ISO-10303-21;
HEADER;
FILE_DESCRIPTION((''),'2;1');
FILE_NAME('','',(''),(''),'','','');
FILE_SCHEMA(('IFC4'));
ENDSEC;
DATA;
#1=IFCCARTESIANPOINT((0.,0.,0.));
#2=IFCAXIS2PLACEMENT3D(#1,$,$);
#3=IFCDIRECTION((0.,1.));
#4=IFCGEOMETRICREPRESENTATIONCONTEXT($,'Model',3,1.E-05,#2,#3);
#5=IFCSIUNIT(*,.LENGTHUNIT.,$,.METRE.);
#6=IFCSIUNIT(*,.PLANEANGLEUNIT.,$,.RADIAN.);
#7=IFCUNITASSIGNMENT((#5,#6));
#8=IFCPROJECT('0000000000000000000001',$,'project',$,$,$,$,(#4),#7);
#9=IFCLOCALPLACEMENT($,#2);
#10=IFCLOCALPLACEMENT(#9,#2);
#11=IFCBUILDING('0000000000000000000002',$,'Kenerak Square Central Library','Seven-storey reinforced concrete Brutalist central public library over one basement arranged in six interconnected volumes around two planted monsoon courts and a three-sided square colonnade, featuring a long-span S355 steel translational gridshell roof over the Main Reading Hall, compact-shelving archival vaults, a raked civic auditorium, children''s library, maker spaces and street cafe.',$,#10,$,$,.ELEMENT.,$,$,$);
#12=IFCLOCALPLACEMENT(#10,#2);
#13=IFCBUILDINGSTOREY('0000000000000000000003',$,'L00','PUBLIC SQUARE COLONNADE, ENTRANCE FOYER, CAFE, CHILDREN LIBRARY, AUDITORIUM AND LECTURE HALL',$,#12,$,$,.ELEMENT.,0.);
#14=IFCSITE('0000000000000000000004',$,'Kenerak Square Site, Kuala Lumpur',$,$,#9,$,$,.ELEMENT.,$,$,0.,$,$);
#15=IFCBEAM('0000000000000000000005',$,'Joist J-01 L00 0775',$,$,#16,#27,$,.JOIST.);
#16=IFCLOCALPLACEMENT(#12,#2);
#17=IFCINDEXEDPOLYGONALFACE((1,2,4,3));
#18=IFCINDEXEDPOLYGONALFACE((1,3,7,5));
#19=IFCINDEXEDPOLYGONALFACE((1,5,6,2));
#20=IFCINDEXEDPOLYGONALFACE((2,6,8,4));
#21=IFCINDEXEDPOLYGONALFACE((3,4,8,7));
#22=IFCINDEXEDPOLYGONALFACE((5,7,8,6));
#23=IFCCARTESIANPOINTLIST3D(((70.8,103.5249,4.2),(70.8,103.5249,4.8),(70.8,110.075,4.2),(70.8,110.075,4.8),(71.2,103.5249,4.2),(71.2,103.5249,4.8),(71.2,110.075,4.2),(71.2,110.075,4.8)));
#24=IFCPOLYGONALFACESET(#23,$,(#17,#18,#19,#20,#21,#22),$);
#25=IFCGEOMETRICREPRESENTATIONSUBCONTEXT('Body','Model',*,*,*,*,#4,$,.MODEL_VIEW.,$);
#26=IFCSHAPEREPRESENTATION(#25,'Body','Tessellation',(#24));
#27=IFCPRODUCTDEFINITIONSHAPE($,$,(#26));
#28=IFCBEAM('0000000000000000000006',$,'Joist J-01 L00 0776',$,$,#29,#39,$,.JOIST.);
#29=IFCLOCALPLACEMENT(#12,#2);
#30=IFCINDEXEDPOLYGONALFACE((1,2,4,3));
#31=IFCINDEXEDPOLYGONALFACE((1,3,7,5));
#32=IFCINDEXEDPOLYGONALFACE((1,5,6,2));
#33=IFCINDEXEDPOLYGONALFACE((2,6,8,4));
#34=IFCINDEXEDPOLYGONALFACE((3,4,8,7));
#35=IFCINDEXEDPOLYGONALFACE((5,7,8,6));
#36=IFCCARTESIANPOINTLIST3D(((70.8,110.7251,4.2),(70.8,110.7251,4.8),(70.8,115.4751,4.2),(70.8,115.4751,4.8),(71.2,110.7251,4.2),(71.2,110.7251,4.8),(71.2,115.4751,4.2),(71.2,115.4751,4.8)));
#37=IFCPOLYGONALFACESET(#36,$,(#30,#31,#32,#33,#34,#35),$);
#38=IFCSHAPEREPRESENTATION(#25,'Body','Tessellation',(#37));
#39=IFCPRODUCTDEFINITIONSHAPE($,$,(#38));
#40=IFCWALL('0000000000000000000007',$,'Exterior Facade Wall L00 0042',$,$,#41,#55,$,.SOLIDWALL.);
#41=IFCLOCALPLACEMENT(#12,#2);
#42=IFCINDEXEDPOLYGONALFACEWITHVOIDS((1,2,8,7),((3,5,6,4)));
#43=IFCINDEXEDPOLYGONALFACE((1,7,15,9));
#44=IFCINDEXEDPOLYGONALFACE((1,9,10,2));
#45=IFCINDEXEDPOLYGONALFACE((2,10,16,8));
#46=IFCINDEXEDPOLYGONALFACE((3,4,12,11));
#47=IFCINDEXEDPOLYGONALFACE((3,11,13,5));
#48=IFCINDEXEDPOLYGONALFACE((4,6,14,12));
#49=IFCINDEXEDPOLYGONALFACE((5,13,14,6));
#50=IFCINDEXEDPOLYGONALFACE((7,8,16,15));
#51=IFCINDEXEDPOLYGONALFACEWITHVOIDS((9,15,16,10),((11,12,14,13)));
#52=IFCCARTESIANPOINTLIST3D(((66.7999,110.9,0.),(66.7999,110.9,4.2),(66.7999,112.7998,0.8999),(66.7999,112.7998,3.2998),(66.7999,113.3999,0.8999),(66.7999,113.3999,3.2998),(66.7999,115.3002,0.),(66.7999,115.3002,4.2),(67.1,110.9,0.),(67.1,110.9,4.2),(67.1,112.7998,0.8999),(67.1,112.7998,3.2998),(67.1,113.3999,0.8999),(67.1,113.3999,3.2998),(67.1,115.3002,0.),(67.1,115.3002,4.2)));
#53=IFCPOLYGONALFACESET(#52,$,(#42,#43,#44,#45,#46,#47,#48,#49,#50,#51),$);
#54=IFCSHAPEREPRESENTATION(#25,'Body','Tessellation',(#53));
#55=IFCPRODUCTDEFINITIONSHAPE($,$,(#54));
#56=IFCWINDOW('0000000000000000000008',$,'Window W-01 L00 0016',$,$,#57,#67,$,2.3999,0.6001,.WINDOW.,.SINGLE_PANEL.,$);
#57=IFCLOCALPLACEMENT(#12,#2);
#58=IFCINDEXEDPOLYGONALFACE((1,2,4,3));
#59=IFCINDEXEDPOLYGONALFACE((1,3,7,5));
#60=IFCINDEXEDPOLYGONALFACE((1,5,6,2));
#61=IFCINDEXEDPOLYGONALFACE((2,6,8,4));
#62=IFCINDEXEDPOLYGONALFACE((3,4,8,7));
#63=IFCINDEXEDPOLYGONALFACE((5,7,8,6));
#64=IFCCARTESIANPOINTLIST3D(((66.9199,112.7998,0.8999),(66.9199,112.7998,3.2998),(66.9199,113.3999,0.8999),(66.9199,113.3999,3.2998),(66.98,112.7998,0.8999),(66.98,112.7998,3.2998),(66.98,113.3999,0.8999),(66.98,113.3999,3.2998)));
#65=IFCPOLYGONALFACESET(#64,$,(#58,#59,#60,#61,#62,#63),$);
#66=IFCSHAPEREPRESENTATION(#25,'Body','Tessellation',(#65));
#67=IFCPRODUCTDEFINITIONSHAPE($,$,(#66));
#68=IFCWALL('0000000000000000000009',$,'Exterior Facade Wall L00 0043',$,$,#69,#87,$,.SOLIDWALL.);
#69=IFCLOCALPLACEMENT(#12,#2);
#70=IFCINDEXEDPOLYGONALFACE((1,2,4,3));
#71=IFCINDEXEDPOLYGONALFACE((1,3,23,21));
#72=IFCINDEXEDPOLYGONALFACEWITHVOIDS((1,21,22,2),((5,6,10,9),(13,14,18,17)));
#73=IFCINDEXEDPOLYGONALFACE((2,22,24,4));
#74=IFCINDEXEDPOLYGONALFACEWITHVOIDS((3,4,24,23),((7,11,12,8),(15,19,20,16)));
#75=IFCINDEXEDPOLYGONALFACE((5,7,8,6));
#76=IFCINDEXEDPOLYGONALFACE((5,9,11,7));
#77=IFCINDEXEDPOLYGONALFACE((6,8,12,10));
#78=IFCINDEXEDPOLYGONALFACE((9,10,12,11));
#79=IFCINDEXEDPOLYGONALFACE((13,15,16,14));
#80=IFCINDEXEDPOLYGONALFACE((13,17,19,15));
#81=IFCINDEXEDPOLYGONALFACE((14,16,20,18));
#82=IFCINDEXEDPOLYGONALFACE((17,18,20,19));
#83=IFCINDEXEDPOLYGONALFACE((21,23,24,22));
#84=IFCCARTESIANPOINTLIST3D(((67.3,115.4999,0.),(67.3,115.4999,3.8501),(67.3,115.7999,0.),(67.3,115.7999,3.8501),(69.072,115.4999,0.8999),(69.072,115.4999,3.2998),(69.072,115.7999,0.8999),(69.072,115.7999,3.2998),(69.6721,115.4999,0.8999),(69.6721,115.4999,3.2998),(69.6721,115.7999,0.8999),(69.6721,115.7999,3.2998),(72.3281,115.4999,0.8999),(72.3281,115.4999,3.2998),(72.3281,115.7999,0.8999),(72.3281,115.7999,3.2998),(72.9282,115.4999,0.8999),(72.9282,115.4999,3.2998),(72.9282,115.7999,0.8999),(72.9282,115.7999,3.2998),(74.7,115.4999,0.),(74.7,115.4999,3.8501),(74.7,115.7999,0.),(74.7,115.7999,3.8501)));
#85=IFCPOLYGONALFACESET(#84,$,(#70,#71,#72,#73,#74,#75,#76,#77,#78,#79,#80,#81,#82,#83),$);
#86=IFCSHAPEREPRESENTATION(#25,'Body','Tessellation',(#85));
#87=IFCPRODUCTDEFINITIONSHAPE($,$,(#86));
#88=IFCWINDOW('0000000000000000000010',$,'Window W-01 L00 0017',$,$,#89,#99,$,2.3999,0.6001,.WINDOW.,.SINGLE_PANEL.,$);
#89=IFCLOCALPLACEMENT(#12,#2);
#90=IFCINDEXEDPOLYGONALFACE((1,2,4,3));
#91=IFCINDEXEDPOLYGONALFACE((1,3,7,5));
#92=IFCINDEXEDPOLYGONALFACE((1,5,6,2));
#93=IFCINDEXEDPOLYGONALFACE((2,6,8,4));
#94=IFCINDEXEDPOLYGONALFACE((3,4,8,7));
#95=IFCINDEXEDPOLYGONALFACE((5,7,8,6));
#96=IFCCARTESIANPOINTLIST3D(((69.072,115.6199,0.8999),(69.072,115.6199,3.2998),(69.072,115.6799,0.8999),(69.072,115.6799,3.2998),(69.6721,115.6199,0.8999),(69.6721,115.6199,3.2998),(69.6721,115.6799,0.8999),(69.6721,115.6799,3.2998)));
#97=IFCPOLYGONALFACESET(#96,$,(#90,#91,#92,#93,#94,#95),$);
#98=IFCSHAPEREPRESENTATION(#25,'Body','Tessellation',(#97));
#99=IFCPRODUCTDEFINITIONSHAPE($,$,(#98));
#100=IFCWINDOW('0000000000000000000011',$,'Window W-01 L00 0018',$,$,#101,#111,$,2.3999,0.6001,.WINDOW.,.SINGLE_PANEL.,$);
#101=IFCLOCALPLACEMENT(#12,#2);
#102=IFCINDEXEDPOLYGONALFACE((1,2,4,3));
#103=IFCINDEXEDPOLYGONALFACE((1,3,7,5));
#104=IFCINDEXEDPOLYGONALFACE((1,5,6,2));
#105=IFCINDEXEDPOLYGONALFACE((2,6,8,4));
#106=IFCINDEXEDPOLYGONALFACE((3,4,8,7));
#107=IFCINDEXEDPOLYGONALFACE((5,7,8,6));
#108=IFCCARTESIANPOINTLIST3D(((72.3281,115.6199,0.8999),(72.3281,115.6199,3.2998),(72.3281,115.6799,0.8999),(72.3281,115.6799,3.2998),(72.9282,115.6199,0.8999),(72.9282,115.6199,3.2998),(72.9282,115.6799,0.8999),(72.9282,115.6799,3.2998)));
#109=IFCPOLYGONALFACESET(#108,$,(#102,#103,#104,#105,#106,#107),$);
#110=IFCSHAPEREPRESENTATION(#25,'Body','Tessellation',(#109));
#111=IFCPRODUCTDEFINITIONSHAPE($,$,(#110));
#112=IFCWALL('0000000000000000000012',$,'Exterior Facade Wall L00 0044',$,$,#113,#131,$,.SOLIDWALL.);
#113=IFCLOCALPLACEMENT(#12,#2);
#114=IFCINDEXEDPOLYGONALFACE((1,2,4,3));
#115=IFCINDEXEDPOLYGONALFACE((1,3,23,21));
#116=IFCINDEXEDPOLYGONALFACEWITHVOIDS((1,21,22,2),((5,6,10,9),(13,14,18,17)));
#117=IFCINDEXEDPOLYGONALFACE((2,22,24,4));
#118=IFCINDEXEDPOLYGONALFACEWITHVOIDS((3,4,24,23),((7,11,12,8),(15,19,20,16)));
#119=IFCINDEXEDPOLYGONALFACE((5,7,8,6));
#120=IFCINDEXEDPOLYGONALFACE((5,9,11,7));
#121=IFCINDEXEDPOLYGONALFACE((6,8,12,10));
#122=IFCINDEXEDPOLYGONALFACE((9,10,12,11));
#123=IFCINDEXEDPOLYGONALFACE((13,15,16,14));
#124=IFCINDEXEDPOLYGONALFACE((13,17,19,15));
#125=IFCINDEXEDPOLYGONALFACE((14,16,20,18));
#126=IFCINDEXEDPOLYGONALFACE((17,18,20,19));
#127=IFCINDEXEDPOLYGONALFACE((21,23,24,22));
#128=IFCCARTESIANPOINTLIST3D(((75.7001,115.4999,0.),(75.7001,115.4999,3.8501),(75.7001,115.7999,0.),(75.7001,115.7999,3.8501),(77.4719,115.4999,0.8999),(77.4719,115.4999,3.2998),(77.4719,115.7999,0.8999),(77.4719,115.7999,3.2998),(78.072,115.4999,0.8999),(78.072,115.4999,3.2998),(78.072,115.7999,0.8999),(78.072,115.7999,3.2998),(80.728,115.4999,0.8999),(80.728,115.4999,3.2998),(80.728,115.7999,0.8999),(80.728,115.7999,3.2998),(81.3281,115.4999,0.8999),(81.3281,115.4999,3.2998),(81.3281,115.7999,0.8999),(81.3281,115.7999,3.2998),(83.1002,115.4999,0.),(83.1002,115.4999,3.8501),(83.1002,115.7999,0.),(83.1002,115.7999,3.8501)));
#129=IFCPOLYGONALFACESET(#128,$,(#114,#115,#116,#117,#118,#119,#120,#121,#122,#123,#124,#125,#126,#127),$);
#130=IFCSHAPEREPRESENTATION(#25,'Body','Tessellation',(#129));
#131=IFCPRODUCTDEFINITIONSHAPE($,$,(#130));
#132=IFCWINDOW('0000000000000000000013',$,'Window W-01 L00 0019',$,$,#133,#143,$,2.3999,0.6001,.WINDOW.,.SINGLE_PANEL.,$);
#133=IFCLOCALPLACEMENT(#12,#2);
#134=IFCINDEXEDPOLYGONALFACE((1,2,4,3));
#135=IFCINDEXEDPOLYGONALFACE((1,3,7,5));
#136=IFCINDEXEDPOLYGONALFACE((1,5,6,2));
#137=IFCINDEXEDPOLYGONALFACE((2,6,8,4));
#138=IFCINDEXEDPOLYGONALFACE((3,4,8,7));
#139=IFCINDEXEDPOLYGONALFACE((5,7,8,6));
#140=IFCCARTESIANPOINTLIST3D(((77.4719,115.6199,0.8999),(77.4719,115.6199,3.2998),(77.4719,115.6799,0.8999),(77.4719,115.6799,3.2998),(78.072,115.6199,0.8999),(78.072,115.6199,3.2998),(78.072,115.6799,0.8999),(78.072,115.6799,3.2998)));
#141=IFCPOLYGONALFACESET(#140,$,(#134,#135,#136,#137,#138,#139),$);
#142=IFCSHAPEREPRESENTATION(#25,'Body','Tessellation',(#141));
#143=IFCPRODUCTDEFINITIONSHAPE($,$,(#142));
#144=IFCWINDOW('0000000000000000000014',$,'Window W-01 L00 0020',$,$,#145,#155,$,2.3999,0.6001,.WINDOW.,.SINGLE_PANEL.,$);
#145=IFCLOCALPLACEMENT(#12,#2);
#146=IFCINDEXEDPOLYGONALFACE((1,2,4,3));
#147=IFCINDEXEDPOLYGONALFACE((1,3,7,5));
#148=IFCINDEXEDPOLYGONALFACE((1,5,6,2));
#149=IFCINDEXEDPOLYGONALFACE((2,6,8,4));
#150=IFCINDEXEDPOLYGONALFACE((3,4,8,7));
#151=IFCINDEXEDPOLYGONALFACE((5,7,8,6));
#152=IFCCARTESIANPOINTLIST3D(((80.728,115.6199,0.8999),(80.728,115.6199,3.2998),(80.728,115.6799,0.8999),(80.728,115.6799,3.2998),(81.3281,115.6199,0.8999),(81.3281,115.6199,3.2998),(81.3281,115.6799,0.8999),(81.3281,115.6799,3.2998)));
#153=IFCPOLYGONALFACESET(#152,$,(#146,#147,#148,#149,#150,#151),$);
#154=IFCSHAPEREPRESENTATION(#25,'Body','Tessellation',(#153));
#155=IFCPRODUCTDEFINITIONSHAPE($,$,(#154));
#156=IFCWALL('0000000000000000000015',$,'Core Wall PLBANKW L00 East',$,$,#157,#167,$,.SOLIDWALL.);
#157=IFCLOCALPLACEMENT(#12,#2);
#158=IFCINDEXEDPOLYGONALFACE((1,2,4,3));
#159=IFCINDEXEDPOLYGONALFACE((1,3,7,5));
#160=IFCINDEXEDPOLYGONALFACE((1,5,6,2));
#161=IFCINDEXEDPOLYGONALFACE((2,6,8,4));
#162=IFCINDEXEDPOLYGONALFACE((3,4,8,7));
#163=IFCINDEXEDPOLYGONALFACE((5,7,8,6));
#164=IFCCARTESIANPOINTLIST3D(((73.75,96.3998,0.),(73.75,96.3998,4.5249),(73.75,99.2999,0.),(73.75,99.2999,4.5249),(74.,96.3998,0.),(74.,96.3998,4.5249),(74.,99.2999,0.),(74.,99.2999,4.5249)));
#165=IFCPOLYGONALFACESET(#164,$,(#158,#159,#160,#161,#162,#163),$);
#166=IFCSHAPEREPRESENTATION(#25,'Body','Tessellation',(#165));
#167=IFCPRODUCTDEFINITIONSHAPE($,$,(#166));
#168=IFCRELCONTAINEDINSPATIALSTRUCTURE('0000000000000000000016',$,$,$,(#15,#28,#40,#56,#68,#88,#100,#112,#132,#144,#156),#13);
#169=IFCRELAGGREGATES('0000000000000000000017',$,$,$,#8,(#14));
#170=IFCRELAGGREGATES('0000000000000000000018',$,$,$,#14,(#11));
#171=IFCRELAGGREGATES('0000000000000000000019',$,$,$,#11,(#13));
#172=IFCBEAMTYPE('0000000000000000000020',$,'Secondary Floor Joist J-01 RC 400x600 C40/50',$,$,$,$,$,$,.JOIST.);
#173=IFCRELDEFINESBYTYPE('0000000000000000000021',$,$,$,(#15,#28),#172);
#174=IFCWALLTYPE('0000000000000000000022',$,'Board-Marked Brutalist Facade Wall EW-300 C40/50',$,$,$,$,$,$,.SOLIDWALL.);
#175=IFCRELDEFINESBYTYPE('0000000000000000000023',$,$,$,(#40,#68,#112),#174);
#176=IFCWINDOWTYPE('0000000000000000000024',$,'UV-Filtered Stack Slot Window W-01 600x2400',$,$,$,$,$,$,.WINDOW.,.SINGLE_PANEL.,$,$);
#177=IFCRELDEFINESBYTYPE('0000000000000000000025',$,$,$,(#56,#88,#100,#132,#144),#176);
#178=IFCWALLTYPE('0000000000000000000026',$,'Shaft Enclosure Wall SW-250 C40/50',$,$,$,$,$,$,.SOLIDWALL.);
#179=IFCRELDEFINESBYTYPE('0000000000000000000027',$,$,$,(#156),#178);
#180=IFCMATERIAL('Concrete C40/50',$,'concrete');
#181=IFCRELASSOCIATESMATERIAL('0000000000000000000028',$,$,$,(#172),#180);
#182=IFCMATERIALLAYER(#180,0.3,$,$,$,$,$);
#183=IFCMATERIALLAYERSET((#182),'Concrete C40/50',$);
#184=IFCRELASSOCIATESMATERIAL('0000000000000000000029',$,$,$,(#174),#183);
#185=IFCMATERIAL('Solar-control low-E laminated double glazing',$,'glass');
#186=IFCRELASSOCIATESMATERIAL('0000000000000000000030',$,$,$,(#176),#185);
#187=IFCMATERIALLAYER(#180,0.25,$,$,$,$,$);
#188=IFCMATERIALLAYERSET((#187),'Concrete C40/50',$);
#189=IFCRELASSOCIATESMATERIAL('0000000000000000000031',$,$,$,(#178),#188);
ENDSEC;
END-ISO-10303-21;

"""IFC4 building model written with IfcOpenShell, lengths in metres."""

from ifc_helpers import new_model, si_unit, direction, frame, frame_2d, origin, origin_2d, place, context, subcontext, project, spatial, rectangle, extrude, material, layer, layer_set, material_profile, profile_set, type_object, element, fill, save


model = new_model("IFC4")

# Units and contexts
model_context = context("Model", 3, precision=1e-05, world=origin(), true_north=direction((0.0, 1.0)))
body_context = subcontext(model_context, "Body", "Model", "MODEL_VIEW")
ifc_project = project(units=[si_unit("LENGTHUNIT", "METRE"), si_unit("PLANEANGLEUNIT", "RADIAN")], contexts=[model_context])

# Site, building, storey
site_placement = place(None, origin())
site = spatial("IfcSite", under=ifc_project, at=site_placement, Name="Kenerak Square Site, Kuala Lumpur", CompositionType="ELEMENT", RefElevation=0.0)
building_placement = place(site_placement, origin())
building = spatial("IfcBuilding", under=site, at=building_placement, Name="Kenerak Square Central Library", Description="Seven-storey reinforced concrete Brutalist central public library over one basement arranged in six interconnected volumes around two planted monsoon courts and a three-sided square colonnade, featuring a long-span S355 steel translational gridshell roof over the Main Reading Hall, compact-shelving archival vaults, a raked civic auditorium, children's library, maker spaces and street cafe.", CompositionType="ELEMENT")
storey_placement = place(building_placement, origin())
storey = spatial("IfcBuildingStorey", under=building, at=storey_placement, Name="L00", Description="PUBLIC SQUARE COLONNADE, ENTRANCE FOYER, CAFE, CHILDREN LIBRARY, AUDITORIUM AND LECTURE HALL", CompositionType="ELEMENT", Elevation=0.0)

# Beams
ifc_material_1 = material(Name="Concrete C40/50", Category="concrete")
ifc_material_profile_1 = material_profile(ifc_material_1, rectangle(XDim=0.3999, YDim=0.6001, at=origin_2d()), Name="RC 400x600")
ifc_profile_set_1 = profile_set([ifc_material_profile_1], Name="Concrete C40/50")
beam_type_1 = type_object("IfcBeamType", Name="Secondary Floor Joist J-01 RC 400x600 C40/50", PredefinedType="JOIST", material=ifc_profile_set_1)
beam_1_placement = place(storey_placement, frame((71.0, 103.5249, 4.5), z_axis=(0.0, 1.0, 0.0), x_axis=(-1.0, 0.0, 0.0)))
element("IfcBeam", 1, at=beam_1_placement, inside=storey, type_object=beam_type_1, Name="Joist J-01 L00 0775", PredefinedType="JOIST", context=body_context, shape_type="SweptSolid", body=[
    extrude(rectangle(XDim=0.3999, YDim=0.6001, at=origin_2d()), origin(), (0.0, 0.0, 1.0), 6.55),
])
beam_2_placement = place(storey_placement, frame((71.0, 110.7251, 4.5), z_axis=(0.0, 1.0, 0.0), x_axis=(-1.0, 0.0, 0.0)))
element("IfcBeam", 2, at=beam_2_placement, inside=storey, type_object=beam_type_1, Name="Joist J-01 L00 0776", PredefinedType="JOIST", context=body_context, shape_type="SweptSolid", body=[
    extrude(rectangle(XDim=0.3999, YDim=0.6001, at=origin_2d()), origin(), (0.0, 0.0, 1.0), 4.75),
])

# Wall, opening, window
ifc_layer_1 = layer(ifc_material_1, 0.3)
ifc_layer_set_1 = layer_set([ifc_layer_1], Name="Concrete C40/50")
wall_type_1 = type_object("IfcWallType", Name="Board-Marked Brutalist Facade Wall EW-300 C40/50", PredefinedType="SOLIDWALL", material=ifc_layer_set_1)
wall_1_placement = place(storey_placement, frame((66.95, 110.8999, 0.0), z_axis=(0.0, 0.0, 1.0), x_axis=(0.0, 1.0, 0.0)))
wall_1 = element("IfcWall", 3, at=wall_1_placement, inside=storey, type_object=wall_type_1, Name="Exterior Facade Wall L00 0042", PredefinedType="SOLIDWALL", context=body_context, shape_type="SweptSolid", body=[
    extrude(rectangle(XDim=4.4001, YDim=0.3, at=frame_2d((2.2002, 0.0))), origin(), (0.0, 0.0, 1.0), 4.2),
])
opening_1_placement = place(wall_1_placement, frame((1.8999, 0.0, 0.8999)))
opening_1 = element("IfcOpeningElement", 4, at=opening_1_placement, cuts=wall_1, PredefinedType="OPENING", context=body_context, shape_type="SweptSolid", body=[
    extrude(rectangle(XDim=0.6001, YDim=2.3999, at=frame_2d((0.3, 1.2))), frame((0.0, 0.1599, 0.0), z_axis=(0.0, -1.0, 0.0), x_axis=(1.0, 0.0, 0.0)), (0.0, 0.0, 1.0), 0.3201),
])
ifc_material_2 = material(Name="Solar-control low-E laminated double glazing", Category="glass")
window_type = type_object("IfcWindowType", Name="UV-Filtered Stack Slot Window W-01 600x2400", PartitioningType="SINGLE_PANEL", PredefinedType="WINDOW", material=ifc_material_2)
window_1_placement = place(opening_1_placement, origin())
window_1 = element("IfcWindow", 5, at=window_1_placement, inside=storey, type_object=window_type, Name="Window W-01 L00 0016", OverallHeight=2.3999, OverallWidth=0.6001, PartitioningType="SINGLE_PANEL", PredefinedType="WINDOW", context=body_context, shape_type="SweptSolid", body=[
    extrude(rectangle(XDim=0.6001, YDim=2.3999, at=frame_2d((0.3, 1.2))), frame((0.0, 0.03, 0.0), z_axis=(0.0, -1.0, 0.0), x_axis=(1.0, 0.0, 0.0)), (0.0, 0.0, 1.0), 0.0601),
])
fill(opening_1, window_1)

# Walls, openings, windows
wall_2_placement = place(storey_placement, frame((67.3, 115.6499, 0.0), z_axis=(0.0, 0.0, 1.0), x_axis=(1.0, 0.0, 0.0)))
wall_2 = element("IfcWall", 6, at=wall_2_placement, inside=storey, type_object=wall_type_1, Name="Exterior Facade Wall L00 0043", PredefinedType="SOLIDWALL", context=body_context, shape_type="SweptSolid", body=[
    extrude(rectangle(XDim=7.3999, YDim=0.3, at=frame_2d((3.7, 0.0))), origin(), (0.0, 0.0, 1.0), 3.8501),
])
opening_2_placement = place(wall_2_placement, frame((1.772, 0.0, 0.8999)))
opening_2 = element("IfcOpeningElement", 7, at=opening_2_placement, cuts=wall_2, PredefinedType="OPENING", context=body_context, shape_type="SweptSolid", body=[
    extrude(rectangle(XDim=0.6001, YDim=2.3999, at=frame_2d((0.3, 1.2))), frame((0.0, 0.1599, 0.0), z_axis=(0.0, -1.0, 0.0), x_axis=(1.0, 0.0, 0.0)), (0.0, 0.0, 1.0), 0.3201),
])
opening_3_placement = place(wall_2_placement, frame((5.0281, 0.0, 0.8999)))
opening_3 = element("IfcOpeningElement", 8, at=opening_3_placement, cuts=wall_2, PredefinedType="OPENING", context=body_context, shape_type="SweptSolid", body=[
    extrude(rectangle(XDim=0.6001, YDim=2.3999, at=frame_2d((0.3, 1.2))), frame((0.0, 0.1599, 0.0), z_axis=(0.0, -1.0, 0.0), x_axis=(1.0, 0.0, 0.0)), (0.0, 0.0, 1.0), 0.3201),
])
window_2_placement = place(opening_2_placement, origin())
window_2 = element("IfcWindow", 9, at=window_2_placement, inside=storey, type_object=window_type, Name="Window W-01 L00 0017", OverallHeight=2.3999, OverallWidth=0.6001, PartitioningType="SINGLE_PANEL", PredefinedType="WINDOW", context=body_context, shape_type="SweptSolid", body=[
    extrude(rectangle(XDim=0.6001, YDim=2.3999, at=frame_2d((0.3, 1.2))), frame((0.0, 0.03, 0.0), z_axis=(0.0, -1.0, 0.0), x_axis=(1.0, 0.0, 0.0)), (0.0, 0.0, 1.0), 0.0601),
])
fill(opening_2, window_2)
window_3_placement = place(opening_3_placement, origin())
window_3 = element("IfcWindow", 10, at=window_3_placement, inside=storey, type_object=window_type, Name="Window W-01 L00 0018", OverallHeight=2.3999, OverallWidth=0.6001, PartitioningType="SINGLE_PANEL", PredefinedType="WINDOW", context=body_context, shape_type="SweptSolid", body=[
    extrude(rectangle(XDim=0.6001, YDim=2.3999, at=frame_2d((0.3, 1.2))), frame((0.0, 0.03, 0.0), z_axis=(0.0, -1.0, 0.0), x_axis=(1.0, 0.0, 0.0)), (0.0, 0.0, 1.0), 0.0601),
])
fill(opening_3, window_3)
wall_3_placement = place(storey_placement, frame((75.7, 115.6499, 0.0), z_axis=(0.0, 0.0, 1.0), x_axis=(1.0, 0.0, 0.0)))
wall_3 = element("IfcWall", 11, at=wall_3_placement, inside=storey, type_object=wall_type_1, Name="Exterior Facade Wall L00 0044", PredefinedType="SOLIDWALL", context=body_context, shape_type="SweptSolid", body=[
    extrude(rectangle(XDim=7.4001, YDim=0.3, at=frame_2d((3.7002, 0.0))), origin(), (0.0, 0.0, 1.0), 3.8501),
])
opening_4_placement = place(wall_3_placement, frame((1.772, 0.0, 0.8999)))
opening_4 = element("IfcOpeningElement", 12, at=opening_4_placement, cuts=wall_3, PredefinedType="OPENING", context=body_context, shape_type="SweptSolid", body=[
    extrude(rectangle(XDim=0.6001, YDim=2.3999, at=frame_2d((0.3, 1.2))), frame((0.0, 0.1599, 0.0), z_axis=(0.0, -1.0, 0.0), x_axis=(1.0, 0.0, 0.0)), (0.0, 0.0, 1.0), 0.3201),
])
opening_5_placement = place(wall_3_placement, frame((5.0281, 0.0, 0.8999)))
opening_5 = element("IfcOpeningElement", 13, at=opening_5_placement, cuts=wall_3, PredefinedType="OPENING", context=body_context, shape_type="SweptSolid", body=[
    extrude(rectangle(XDim=0.6001, YDim=2.3999, at=frame_2d((0.3, 1.2))), frame((0.0, 0.1599, 0.0), z_axis=(0.0, -1.0, 0.0), x_axis=(1.0, 0.0, 0.0)), (0.0, 0.0, 1.0), 0.3201),
])
window_4_placement = place(opening_4_placement, origin())
window_4 = element("IfcWindow", 14, at=window_4_placement, inside=storey, type_object=window_type, Name="Window W-01 L00 0019", OverallHeight=2.3999, OverallWidth=0.6001, PartitioningType="SINGLE_PANEL", PredefinedType="WINDOW", context=body_context, shape_type="SweptSolid", body=[
    extrude(rectangle(XDim=0.6001, YDim=2.3999, at=frame_2d((0.3, 1.2))), frame((0.0, 0.03, 0.0), z_axis=(0.0, -1.0, 0.0), x_axis=(1.0, 0.0, 0.0)), (0.0, 0.0, 1.0), 0.0601),
])
fill(opening_4, window_4)
window_5_placement = place(opening_5_placement, origin())
window_5 = element("IfcWindow", 15, at=window_5_placement, inside=storey, type_object=window_type, Name="Window W-01 L00 0020", OverallHeight=2.3999, OverallWidth=0.6001, PartitioningType="SINGLE_PANEL", PredefinedType="WINDOW", context=body_context, shape_type="SweptSolid", body=[
    extrude(rectangle(XDim=0.6001, YDim=2.3999, at=frame_2d((0.3, 1.2))), frame((0.0, 0.03, 0.0), z_axis=(0.0, -1.0, 0.0), x_axis=(1.0, 0.0, 0.0)), (0.0, 0.0, 1.0), 0.0601),
])
fill(opening_5, window_5)

# Wall
ifc_layer_2 = layer(ifc_material_1, 0.25)
ifc_layer_set_2 = layer_set([ifc_layer_2], Name="Concrete C40/50")
wall_type_2 = type_object("IfcWallType", Name="Shaft Enclosure Wall SW-250 C40/50", PredefinedType="SOLIDWALL", material=ifc_layer_set_2)
wall_4_placement = place(storey_placement, frame((73.875, 99.3, 0.0), z_axis=(0.0, 0.0, 1.0), x_axis=(0.0, -1.0, 0.0)))
element("IfcWall", 16, at=wall_4_placement, inside=storey, type_object=wall_type_2, Name="Core Wall PLBANKW L00 East", PredefinedType="SOLIDWALL", context=body_context, shape_type="SweptSolid", body=[
    extrude(rectangle(XDim=2.9001, YDim=0.25, at=frame_2d((1.4502, 0.0))), origin(), (0.0, 0.0, 1.0), 4.5249),
])

save(model, "model.ifc")
